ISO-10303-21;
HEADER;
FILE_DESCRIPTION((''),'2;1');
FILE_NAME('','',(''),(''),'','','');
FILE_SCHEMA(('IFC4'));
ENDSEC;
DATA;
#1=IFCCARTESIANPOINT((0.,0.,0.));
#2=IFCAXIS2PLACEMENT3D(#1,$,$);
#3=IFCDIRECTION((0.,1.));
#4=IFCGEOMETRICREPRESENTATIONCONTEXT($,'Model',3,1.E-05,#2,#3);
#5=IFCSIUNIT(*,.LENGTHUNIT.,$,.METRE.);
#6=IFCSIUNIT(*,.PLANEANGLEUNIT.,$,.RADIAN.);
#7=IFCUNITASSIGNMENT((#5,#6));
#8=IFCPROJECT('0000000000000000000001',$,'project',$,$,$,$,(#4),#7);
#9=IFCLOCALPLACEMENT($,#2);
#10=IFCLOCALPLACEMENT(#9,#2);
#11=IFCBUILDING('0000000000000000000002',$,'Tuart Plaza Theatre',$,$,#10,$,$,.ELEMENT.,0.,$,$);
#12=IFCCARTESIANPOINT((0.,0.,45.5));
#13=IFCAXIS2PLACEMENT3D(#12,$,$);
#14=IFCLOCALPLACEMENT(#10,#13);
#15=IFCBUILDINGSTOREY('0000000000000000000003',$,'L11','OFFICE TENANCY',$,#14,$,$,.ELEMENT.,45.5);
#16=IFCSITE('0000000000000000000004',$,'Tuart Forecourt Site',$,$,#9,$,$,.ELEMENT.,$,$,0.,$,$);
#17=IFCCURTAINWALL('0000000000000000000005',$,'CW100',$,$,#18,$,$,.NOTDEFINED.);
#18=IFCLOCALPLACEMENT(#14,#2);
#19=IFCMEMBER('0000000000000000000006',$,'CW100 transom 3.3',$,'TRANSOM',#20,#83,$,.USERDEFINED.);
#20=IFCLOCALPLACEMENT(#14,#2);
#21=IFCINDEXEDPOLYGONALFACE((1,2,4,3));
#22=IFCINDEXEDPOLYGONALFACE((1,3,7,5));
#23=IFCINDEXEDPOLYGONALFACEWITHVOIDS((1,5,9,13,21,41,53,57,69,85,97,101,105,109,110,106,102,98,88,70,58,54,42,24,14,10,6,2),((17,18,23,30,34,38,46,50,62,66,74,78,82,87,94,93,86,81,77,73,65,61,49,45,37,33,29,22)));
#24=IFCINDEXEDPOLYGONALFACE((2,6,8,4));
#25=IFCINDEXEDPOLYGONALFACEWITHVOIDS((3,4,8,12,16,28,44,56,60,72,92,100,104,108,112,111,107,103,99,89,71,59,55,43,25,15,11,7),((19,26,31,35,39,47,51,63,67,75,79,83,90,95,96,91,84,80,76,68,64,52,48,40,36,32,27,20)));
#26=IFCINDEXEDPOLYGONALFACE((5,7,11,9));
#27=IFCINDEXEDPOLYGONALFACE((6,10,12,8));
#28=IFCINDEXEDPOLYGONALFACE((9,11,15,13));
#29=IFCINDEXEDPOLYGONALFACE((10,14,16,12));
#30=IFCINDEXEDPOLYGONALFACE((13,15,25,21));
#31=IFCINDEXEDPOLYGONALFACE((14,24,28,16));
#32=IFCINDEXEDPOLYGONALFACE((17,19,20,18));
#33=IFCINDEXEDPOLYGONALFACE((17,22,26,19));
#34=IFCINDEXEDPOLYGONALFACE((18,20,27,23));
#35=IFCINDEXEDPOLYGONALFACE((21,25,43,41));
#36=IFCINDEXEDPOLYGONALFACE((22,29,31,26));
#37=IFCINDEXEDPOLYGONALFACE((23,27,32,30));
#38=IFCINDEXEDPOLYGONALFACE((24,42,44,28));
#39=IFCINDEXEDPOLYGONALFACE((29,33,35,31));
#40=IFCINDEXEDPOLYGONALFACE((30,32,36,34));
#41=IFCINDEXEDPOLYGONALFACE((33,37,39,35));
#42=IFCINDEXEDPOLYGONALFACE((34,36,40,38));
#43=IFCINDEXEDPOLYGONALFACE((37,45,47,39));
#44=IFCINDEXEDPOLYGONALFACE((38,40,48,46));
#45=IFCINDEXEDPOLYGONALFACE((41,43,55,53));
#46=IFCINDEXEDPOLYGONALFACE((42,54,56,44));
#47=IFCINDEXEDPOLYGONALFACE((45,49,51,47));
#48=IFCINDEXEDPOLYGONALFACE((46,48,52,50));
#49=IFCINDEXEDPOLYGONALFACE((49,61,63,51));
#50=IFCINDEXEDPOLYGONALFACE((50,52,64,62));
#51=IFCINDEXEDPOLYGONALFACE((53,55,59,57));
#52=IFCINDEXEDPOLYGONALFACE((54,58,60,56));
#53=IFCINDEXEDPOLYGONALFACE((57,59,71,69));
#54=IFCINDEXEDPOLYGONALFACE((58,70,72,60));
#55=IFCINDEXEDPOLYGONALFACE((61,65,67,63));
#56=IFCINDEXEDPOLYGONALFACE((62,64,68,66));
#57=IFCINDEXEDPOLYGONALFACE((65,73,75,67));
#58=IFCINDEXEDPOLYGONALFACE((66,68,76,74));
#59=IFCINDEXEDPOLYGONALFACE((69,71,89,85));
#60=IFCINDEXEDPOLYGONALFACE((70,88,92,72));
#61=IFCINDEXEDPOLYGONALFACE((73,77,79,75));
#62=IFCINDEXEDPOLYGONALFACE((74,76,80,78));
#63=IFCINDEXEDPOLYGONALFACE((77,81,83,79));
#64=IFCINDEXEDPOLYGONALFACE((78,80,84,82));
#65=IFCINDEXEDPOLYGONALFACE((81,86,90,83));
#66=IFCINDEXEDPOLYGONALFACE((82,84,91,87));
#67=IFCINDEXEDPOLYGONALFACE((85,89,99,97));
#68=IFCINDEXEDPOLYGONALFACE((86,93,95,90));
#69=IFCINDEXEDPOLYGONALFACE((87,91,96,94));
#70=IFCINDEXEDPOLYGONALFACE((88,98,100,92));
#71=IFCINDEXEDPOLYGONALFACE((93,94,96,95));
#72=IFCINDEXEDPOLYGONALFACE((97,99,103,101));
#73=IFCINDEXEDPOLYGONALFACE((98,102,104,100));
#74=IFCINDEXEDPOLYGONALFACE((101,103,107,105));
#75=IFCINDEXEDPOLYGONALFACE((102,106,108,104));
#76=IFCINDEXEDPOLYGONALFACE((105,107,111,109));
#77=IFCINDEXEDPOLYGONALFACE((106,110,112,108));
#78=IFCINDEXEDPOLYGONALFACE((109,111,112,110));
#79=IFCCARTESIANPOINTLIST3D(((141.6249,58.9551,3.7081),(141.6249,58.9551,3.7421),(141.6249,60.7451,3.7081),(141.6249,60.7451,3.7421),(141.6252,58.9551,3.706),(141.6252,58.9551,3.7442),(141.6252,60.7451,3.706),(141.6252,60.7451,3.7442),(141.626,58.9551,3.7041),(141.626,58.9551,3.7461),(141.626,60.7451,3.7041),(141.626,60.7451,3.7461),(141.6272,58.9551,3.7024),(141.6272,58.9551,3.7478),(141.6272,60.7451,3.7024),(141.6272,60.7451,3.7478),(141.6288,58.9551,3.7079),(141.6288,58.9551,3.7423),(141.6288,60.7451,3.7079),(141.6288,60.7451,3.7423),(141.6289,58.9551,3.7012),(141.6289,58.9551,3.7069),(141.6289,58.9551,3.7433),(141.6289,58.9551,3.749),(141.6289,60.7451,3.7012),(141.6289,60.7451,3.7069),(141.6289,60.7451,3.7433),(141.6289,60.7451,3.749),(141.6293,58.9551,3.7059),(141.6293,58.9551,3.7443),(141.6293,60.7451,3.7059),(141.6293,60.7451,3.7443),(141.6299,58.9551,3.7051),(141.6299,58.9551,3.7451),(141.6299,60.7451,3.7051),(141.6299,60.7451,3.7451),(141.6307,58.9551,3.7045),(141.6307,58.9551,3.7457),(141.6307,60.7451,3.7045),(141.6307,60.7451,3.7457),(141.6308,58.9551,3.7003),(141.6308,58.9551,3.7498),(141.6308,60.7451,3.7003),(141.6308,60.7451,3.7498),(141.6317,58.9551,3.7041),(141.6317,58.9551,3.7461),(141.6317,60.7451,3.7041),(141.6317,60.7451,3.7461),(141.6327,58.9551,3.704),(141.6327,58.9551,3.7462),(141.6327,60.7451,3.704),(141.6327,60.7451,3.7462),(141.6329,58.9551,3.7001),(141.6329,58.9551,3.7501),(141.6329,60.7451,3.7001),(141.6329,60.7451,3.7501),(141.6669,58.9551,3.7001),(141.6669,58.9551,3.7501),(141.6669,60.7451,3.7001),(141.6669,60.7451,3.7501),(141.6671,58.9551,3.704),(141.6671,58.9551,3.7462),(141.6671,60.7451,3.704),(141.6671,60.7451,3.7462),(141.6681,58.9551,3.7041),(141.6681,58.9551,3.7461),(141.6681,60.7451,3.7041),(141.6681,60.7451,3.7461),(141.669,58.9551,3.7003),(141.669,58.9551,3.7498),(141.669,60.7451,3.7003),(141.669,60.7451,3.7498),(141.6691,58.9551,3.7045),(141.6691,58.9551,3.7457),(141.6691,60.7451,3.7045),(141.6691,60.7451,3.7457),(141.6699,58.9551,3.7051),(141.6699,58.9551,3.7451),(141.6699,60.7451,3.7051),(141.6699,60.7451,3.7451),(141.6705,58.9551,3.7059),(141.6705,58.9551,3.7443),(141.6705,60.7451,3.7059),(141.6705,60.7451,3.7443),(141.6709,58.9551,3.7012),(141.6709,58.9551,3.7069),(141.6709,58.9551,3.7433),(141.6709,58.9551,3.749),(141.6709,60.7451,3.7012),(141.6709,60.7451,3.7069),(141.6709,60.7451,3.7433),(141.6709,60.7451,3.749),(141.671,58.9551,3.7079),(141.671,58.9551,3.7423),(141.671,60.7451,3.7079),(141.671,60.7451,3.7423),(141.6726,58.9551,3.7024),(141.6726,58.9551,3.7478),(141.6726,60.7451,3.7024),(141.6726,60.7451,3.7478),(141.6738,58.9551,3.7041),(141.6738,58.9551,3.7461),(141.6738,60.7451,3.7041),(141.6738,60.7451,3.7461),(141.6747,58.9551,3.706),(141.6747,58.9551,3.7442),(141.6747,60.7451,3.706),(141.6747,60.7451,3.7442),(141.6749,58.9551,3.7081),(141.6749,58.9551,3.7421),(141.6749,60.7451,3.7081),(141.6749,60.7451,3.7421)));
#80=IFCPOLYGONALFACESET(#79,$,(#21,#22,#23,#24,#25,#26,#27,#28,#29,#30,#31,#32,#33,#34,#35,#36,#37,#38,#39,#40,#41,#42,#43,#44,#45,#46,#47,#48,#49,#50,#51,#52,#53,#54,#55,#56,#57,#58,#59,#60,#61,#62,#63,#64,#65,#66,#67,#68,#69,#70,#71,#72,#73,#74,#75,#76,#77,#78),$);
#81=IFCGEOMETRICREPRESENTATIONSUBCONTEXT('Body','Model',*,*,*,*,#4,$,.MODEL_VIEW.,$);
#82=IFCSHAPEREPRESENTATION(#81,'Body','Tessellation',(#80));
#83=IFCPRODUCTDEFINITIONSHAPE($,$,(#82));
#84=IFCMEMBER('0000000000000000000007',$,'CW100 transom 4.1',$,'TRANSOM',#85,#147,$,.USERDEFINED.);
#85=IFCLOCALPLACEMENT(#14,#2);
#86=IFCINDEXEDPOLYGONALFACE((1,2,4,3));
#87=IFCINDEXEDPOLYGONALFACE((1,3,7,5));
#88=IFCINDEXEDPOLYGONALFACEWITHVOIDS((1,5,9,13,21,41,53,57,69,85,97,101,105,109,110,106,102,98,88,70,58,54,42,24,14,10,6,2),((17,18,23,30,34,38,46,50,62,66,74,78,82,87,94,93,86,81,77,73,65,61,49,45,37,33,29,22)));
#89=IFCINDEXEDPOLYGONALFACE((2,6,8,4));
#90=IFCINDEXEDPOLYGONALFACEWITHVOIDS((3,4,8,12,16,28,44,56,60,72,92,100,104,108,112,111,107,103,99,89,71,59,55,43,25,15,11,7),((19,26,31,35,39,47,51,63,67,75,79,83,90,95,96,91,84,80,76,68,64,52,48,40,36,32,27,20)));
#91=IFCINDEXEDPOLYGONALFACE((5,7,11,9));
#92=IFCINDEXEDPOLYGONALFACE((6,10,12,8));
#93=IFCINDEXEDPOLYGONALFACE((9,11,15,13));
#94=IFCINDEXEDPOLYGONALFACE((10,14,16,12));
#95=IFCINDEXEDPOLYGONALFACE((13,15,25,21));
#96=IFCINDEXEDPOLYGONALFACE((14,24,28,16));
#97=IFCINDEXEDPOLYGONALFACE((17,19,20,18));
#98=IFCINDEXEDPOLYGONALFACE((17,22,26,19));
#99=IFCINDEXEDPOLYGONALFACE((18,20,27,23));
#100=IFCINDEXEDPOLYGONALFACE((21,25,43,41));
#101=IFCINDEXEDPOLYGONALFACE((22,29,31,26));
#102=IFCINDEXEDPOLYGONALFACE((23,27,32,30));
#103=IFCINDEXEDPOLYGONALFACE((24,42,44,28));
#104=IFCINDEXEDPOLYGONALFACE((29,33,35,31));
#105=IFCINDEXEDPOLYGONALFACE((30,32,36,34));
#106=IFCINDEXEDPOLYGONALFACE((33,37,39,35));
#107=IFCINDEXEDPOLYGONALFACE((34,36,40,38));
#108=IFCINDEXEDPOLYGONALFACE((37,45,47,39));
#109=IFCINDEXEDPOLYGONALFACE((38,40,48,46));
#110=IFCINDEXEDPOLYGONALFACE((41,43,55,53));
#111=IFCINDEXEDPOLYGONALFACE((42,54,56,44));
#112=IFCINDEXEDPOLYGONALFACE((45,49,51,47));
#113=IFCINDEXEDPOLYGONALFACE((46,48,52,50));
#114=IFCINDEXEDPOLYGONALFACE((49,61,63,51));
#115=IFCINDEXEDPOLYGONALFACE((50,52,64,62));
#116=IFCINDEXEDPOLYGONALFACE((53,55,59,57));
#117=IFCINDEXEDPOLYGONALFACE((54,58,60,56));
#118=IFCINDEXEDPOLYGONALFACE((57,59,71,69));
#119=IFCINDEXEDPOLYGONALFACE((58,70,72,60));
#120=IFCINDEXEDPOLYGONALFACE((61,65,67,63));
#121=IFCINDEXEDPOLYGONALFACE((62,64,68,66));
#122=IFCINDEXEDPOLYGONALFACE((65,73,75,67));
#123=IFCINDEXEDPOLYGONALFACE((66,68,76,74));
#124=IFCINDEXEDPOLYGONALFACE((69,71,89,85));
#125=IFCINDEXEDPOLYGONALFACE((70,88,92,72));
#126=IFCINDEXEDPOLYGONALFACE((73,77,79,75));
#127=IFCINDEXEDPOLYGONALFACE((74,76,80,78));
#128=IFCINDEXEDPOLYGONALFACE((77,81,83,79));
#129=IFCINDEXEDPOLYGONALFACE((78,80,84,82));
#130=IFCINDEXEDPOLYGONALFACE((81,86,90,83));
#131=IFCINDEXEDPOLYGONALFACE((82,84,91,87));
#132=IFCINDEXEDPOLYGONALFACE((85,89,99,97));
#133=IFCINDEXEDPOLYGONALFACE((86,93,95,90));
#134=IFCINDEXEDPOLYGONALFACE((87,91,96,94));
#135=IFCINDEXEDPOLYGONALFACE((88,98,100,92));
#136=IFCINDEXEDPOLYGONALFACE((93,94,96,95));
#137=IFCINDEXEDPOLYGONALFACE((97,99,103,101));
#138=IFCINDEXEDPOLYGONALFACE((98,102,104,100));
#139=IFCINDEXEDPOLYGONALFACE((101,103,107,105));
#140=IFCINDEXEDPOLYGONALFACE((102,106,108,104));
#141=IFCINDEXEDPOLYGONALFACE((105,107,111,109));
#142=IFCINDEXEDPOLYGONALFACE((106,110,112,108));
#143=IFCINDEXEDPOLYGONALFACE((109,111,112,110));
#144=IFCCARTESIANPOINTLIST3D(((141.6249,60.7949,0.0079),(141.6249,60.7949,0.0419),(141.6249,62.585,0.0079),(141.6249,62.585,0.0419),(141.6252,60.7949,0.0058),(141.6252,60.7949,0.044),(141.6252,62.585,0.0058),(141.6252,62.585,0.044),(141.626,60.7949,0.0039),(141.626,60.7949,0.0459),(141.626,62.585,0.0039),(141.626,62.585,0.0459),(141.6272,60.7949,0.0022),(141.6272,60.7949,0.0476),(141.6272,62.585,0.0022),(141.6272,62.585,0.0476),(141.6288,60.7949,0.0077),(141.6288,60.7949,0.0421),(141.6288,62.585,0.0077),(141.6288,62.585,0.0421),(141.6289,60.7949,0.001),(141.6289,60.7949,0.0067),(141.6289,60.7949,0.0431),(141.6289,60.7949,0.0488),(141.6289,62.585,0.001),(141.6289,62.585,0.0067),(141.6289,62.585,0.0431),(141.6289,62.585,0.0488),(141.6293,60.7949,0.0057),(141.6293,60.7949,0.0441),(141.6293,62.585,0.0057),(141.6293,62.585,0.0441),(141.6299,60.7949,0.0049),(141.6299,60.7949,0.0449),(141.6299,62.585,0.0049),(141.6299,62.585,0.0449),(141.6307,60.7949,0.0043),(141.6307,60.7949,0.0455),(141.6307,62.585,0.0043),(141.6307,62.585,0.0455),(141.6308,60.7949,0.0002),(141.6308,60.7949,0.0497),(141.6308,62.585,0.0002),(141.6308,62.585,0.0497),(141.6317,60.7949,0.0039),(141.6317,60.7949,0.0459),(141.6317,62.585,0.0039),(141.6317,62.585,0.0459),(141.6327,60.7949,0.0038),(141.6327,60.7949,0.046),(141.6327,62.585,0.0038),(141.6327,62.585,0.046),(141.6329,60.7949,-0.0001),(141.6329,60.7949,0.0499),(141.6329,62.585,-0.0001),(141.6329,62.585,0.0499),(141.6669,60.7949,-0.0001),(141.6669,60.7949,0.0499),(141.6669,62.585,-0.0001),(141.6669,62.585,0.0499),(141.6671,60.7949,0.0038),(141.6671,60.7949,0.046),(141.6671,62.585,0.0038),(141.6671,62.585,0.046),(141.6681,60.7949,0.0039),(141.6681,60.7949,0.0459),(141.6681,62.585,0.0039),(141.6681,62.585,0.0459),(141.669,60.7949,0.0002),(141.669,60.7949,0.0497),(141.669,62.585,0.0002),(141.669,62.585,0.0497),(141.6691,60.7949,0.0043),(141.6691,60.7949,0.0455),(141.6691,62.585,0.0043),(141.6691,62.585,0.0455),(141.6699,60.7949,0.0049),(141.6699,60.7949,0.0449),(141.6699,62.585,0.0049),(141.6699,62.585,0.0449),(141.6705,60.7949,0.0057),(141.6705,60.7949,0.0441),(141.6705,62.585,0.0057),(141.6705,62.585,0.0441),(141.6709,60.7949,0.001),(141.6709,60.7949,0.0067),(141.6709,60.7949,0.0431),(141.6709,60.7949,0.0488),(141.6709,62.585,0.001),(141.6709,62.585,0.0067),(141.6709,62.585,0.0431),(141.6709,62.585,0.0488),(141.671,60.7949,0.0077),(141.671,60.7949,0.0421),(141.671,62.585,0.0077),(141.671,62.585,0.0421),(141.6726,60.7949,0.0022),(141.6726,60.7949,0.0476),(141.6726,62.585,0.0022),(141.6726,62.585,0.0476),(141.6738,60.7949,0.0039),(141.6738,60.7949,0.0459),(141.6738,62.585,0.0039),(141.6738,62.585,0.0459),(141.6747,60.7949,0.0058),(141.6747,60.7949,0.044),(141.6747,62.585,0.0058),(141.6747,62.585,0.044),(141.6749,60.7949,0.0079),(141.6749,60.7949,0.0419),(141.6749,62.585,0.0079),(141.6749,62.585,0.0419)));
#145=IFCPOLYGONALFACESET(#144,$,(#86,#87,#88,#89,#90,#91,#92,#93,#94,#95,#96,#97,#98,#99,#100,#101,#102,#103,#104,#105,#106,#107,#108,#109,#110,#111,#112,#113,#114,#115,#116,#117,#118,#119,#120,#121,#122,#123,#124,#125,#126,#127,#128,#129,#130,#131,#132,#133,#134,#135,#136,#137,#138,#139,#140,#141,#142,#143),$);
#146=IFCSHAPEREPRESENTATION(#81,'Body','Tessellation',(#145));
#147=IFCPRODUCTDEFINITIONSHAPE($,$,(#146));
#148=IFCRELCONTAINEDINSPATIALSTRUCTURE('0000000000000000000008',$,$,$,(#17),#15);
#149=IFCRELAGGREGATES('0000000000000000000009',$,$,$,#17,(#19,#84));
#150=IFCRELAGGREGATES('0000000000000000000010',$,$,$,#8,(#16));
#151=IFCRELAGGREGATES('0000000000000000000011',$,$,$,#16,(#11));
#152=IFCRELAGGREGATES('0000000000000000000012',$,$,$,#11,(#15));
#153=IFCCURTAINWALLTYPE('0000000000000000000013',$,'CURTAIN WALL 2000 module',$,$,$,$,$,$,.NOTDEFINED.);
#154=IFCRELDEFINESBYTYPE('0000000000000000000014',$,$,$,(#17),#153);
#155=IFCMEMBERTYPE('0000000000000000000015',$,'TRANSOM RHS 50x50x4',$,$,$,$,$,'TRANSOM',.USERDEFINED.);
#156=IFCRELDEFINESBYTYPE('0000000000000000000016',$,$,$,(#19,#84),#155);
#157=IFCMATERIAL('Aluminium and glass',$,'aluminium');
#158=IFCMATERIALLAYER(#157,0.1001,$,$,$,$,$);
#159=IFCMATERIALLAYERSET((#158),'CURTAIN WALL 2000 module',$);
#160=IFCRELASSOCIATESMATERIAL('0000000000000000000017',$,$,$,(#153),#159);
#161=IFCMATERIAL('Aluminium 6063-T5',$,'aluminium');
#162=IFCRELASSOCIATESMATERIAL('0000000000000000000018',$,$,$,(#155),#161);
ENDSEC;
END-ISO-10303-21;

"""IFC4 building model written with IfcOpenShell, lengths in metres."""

from ifc_helpers import new_model, si_unit, direction, frame, origin, origin_2d, place, context, subcontext, project, spatial, hollow_rectangle, extrude, material, layer, layer_set, material_profile, profile_set, type_object, element, aggregate, save


model = new_model("IFC4")

# Units and contexts
model_context = context("Model", 3, precision=1e-05, world=origin(), true_north=direction((0.0, 1.0)))
body_context = subcontext(model_context, "Body", "Model", "MODEL_VIEW")
ifc_project = project(units=[si_unit("LENGTHUNIT", "METRE"), si_unit("PLANEANGLEUNIT", "RADIAN")], contexts=[model_context])

# Site, building, storey
site_placement = place(None, origin())
site = spatial("IfcSite", under=ifc_project, at=site_placement, Name="Tuart Forecourt Site", CompositionType="ELEMENT", RefElevation=0.0)
building_placement = place(site_placement, origin())
building = spatial("IfcBuilding", under=site, at=building_placement, Name="Tuart Plaza Theatre", CompositionType="ELEMENT", ElevationOfRefHeight=0.0)
storey_placement = place(building_placement, frame((0.0, 0.0, 45.5)))
storey = spatial("IfcBuildingStorey", under=building, at=storey_placement, Name="L11", Description="OFFICE TENANCY", CompositionType="ELEMENT", Elevation=45.5)

# Curtain wall
ifc_material_1 = material(Name="Aluminium and glass", Category="aluminium")
ifc_layer_1 = layer(ifc_material_1, 0.1001)
ifc_layer_set_1 = layer_set([ifc_layer_1], Name="CURTAIN WALL 2000 module")
curtain_wall_type = type_object("IfcCurtainWallType", Name="CURTAIN WALL 2000 module", PredefinedType="NOTDEFINED", material=ifc_layer_set_1)
curtain_wall_1_placement = place(storey_placement, origin())
curtain_wall_1 = element("IfcCurtainWall", 1, at=curtain_wall_1_placement, inside=storey, type_object=curtain_wall_type, Name="CW100", PredefinedType="NOTDEFINED")

# Members
ifc_material_2 = material(Name="Aluminium 6063-T5", Category="aluminium")
ifc_material_profile_1 = material_profile(ifc_material_2, hollow_rectangle(XDim=0.05, YDim=0.05, WallThickness=0.0039, InnerFilletRadius=0.0039, OuterFilletRadius=0.0081, at=origin_2d()), Name="RHS 50x50x4")
ifc_profile_set_1 = profile_set([ifc_material_profile_1], Name="Aluminium 6063-T5")
member_type_1 = type_object("IfcMemberType", Name="TRANSOM RHS 50x50x4", ElementType="TRANSOM", PredefinedType="USERDEFINED", material=ifc_profile_set_1)
member_1_placement = place(storey_placement, frame((141.6499, 58.9551, 3.7251), z_axis=(0.0, 1.0, 0.0), x_axis=(-1.0, 0.0, 0.0)))
member_1 = element("IfcMember", 2, at=member_1_placement, type_object=member_type_1, Name="CW100 transom 3.3", ObjectType="TRANSOM", PredefinedType="USERDEFINED", context=body_context, shape_type="SweptSolid", body=[
    extrude(hollow_rectangle(XDim=0.05, YDim=0.05, WallThickness=0.0039, InnerFilletRadius=0.0039, OuterFilletRadius=0.0081, at=origin_2d()), origin(), (0.0, 0.0, 1.0), 1.79),
])
member_2_placement = place(storey_placement, frame((141.6499, 60.7949, 0.0249), z_axis=(0.0, 1.0, 0.0), x_axis=(-1.0, 0.0, 0.0)))
member_2 = element("IfcMember", 3, at=member_2_placement, type_object=member_type_1, Name="CW100 transom 4.1", ObjectType="TRANSOM", PredefinedType="USERDEFINED", context=body_context, shape_type="SweptSolid", body=[
    extrude(hollow_rectangle(XDim=0.05, YDim=0.05, WallThickness=0.0039, InnerFilletRadius=0.0039, OuterFilletRadius=0.0081, at=origin_2d()), origin(), (0.0, 0.0, 1.0), 1.79),
])

aggregate(curtain_wall_1, [member_1, member_2])

save(model, "model.ifc")
